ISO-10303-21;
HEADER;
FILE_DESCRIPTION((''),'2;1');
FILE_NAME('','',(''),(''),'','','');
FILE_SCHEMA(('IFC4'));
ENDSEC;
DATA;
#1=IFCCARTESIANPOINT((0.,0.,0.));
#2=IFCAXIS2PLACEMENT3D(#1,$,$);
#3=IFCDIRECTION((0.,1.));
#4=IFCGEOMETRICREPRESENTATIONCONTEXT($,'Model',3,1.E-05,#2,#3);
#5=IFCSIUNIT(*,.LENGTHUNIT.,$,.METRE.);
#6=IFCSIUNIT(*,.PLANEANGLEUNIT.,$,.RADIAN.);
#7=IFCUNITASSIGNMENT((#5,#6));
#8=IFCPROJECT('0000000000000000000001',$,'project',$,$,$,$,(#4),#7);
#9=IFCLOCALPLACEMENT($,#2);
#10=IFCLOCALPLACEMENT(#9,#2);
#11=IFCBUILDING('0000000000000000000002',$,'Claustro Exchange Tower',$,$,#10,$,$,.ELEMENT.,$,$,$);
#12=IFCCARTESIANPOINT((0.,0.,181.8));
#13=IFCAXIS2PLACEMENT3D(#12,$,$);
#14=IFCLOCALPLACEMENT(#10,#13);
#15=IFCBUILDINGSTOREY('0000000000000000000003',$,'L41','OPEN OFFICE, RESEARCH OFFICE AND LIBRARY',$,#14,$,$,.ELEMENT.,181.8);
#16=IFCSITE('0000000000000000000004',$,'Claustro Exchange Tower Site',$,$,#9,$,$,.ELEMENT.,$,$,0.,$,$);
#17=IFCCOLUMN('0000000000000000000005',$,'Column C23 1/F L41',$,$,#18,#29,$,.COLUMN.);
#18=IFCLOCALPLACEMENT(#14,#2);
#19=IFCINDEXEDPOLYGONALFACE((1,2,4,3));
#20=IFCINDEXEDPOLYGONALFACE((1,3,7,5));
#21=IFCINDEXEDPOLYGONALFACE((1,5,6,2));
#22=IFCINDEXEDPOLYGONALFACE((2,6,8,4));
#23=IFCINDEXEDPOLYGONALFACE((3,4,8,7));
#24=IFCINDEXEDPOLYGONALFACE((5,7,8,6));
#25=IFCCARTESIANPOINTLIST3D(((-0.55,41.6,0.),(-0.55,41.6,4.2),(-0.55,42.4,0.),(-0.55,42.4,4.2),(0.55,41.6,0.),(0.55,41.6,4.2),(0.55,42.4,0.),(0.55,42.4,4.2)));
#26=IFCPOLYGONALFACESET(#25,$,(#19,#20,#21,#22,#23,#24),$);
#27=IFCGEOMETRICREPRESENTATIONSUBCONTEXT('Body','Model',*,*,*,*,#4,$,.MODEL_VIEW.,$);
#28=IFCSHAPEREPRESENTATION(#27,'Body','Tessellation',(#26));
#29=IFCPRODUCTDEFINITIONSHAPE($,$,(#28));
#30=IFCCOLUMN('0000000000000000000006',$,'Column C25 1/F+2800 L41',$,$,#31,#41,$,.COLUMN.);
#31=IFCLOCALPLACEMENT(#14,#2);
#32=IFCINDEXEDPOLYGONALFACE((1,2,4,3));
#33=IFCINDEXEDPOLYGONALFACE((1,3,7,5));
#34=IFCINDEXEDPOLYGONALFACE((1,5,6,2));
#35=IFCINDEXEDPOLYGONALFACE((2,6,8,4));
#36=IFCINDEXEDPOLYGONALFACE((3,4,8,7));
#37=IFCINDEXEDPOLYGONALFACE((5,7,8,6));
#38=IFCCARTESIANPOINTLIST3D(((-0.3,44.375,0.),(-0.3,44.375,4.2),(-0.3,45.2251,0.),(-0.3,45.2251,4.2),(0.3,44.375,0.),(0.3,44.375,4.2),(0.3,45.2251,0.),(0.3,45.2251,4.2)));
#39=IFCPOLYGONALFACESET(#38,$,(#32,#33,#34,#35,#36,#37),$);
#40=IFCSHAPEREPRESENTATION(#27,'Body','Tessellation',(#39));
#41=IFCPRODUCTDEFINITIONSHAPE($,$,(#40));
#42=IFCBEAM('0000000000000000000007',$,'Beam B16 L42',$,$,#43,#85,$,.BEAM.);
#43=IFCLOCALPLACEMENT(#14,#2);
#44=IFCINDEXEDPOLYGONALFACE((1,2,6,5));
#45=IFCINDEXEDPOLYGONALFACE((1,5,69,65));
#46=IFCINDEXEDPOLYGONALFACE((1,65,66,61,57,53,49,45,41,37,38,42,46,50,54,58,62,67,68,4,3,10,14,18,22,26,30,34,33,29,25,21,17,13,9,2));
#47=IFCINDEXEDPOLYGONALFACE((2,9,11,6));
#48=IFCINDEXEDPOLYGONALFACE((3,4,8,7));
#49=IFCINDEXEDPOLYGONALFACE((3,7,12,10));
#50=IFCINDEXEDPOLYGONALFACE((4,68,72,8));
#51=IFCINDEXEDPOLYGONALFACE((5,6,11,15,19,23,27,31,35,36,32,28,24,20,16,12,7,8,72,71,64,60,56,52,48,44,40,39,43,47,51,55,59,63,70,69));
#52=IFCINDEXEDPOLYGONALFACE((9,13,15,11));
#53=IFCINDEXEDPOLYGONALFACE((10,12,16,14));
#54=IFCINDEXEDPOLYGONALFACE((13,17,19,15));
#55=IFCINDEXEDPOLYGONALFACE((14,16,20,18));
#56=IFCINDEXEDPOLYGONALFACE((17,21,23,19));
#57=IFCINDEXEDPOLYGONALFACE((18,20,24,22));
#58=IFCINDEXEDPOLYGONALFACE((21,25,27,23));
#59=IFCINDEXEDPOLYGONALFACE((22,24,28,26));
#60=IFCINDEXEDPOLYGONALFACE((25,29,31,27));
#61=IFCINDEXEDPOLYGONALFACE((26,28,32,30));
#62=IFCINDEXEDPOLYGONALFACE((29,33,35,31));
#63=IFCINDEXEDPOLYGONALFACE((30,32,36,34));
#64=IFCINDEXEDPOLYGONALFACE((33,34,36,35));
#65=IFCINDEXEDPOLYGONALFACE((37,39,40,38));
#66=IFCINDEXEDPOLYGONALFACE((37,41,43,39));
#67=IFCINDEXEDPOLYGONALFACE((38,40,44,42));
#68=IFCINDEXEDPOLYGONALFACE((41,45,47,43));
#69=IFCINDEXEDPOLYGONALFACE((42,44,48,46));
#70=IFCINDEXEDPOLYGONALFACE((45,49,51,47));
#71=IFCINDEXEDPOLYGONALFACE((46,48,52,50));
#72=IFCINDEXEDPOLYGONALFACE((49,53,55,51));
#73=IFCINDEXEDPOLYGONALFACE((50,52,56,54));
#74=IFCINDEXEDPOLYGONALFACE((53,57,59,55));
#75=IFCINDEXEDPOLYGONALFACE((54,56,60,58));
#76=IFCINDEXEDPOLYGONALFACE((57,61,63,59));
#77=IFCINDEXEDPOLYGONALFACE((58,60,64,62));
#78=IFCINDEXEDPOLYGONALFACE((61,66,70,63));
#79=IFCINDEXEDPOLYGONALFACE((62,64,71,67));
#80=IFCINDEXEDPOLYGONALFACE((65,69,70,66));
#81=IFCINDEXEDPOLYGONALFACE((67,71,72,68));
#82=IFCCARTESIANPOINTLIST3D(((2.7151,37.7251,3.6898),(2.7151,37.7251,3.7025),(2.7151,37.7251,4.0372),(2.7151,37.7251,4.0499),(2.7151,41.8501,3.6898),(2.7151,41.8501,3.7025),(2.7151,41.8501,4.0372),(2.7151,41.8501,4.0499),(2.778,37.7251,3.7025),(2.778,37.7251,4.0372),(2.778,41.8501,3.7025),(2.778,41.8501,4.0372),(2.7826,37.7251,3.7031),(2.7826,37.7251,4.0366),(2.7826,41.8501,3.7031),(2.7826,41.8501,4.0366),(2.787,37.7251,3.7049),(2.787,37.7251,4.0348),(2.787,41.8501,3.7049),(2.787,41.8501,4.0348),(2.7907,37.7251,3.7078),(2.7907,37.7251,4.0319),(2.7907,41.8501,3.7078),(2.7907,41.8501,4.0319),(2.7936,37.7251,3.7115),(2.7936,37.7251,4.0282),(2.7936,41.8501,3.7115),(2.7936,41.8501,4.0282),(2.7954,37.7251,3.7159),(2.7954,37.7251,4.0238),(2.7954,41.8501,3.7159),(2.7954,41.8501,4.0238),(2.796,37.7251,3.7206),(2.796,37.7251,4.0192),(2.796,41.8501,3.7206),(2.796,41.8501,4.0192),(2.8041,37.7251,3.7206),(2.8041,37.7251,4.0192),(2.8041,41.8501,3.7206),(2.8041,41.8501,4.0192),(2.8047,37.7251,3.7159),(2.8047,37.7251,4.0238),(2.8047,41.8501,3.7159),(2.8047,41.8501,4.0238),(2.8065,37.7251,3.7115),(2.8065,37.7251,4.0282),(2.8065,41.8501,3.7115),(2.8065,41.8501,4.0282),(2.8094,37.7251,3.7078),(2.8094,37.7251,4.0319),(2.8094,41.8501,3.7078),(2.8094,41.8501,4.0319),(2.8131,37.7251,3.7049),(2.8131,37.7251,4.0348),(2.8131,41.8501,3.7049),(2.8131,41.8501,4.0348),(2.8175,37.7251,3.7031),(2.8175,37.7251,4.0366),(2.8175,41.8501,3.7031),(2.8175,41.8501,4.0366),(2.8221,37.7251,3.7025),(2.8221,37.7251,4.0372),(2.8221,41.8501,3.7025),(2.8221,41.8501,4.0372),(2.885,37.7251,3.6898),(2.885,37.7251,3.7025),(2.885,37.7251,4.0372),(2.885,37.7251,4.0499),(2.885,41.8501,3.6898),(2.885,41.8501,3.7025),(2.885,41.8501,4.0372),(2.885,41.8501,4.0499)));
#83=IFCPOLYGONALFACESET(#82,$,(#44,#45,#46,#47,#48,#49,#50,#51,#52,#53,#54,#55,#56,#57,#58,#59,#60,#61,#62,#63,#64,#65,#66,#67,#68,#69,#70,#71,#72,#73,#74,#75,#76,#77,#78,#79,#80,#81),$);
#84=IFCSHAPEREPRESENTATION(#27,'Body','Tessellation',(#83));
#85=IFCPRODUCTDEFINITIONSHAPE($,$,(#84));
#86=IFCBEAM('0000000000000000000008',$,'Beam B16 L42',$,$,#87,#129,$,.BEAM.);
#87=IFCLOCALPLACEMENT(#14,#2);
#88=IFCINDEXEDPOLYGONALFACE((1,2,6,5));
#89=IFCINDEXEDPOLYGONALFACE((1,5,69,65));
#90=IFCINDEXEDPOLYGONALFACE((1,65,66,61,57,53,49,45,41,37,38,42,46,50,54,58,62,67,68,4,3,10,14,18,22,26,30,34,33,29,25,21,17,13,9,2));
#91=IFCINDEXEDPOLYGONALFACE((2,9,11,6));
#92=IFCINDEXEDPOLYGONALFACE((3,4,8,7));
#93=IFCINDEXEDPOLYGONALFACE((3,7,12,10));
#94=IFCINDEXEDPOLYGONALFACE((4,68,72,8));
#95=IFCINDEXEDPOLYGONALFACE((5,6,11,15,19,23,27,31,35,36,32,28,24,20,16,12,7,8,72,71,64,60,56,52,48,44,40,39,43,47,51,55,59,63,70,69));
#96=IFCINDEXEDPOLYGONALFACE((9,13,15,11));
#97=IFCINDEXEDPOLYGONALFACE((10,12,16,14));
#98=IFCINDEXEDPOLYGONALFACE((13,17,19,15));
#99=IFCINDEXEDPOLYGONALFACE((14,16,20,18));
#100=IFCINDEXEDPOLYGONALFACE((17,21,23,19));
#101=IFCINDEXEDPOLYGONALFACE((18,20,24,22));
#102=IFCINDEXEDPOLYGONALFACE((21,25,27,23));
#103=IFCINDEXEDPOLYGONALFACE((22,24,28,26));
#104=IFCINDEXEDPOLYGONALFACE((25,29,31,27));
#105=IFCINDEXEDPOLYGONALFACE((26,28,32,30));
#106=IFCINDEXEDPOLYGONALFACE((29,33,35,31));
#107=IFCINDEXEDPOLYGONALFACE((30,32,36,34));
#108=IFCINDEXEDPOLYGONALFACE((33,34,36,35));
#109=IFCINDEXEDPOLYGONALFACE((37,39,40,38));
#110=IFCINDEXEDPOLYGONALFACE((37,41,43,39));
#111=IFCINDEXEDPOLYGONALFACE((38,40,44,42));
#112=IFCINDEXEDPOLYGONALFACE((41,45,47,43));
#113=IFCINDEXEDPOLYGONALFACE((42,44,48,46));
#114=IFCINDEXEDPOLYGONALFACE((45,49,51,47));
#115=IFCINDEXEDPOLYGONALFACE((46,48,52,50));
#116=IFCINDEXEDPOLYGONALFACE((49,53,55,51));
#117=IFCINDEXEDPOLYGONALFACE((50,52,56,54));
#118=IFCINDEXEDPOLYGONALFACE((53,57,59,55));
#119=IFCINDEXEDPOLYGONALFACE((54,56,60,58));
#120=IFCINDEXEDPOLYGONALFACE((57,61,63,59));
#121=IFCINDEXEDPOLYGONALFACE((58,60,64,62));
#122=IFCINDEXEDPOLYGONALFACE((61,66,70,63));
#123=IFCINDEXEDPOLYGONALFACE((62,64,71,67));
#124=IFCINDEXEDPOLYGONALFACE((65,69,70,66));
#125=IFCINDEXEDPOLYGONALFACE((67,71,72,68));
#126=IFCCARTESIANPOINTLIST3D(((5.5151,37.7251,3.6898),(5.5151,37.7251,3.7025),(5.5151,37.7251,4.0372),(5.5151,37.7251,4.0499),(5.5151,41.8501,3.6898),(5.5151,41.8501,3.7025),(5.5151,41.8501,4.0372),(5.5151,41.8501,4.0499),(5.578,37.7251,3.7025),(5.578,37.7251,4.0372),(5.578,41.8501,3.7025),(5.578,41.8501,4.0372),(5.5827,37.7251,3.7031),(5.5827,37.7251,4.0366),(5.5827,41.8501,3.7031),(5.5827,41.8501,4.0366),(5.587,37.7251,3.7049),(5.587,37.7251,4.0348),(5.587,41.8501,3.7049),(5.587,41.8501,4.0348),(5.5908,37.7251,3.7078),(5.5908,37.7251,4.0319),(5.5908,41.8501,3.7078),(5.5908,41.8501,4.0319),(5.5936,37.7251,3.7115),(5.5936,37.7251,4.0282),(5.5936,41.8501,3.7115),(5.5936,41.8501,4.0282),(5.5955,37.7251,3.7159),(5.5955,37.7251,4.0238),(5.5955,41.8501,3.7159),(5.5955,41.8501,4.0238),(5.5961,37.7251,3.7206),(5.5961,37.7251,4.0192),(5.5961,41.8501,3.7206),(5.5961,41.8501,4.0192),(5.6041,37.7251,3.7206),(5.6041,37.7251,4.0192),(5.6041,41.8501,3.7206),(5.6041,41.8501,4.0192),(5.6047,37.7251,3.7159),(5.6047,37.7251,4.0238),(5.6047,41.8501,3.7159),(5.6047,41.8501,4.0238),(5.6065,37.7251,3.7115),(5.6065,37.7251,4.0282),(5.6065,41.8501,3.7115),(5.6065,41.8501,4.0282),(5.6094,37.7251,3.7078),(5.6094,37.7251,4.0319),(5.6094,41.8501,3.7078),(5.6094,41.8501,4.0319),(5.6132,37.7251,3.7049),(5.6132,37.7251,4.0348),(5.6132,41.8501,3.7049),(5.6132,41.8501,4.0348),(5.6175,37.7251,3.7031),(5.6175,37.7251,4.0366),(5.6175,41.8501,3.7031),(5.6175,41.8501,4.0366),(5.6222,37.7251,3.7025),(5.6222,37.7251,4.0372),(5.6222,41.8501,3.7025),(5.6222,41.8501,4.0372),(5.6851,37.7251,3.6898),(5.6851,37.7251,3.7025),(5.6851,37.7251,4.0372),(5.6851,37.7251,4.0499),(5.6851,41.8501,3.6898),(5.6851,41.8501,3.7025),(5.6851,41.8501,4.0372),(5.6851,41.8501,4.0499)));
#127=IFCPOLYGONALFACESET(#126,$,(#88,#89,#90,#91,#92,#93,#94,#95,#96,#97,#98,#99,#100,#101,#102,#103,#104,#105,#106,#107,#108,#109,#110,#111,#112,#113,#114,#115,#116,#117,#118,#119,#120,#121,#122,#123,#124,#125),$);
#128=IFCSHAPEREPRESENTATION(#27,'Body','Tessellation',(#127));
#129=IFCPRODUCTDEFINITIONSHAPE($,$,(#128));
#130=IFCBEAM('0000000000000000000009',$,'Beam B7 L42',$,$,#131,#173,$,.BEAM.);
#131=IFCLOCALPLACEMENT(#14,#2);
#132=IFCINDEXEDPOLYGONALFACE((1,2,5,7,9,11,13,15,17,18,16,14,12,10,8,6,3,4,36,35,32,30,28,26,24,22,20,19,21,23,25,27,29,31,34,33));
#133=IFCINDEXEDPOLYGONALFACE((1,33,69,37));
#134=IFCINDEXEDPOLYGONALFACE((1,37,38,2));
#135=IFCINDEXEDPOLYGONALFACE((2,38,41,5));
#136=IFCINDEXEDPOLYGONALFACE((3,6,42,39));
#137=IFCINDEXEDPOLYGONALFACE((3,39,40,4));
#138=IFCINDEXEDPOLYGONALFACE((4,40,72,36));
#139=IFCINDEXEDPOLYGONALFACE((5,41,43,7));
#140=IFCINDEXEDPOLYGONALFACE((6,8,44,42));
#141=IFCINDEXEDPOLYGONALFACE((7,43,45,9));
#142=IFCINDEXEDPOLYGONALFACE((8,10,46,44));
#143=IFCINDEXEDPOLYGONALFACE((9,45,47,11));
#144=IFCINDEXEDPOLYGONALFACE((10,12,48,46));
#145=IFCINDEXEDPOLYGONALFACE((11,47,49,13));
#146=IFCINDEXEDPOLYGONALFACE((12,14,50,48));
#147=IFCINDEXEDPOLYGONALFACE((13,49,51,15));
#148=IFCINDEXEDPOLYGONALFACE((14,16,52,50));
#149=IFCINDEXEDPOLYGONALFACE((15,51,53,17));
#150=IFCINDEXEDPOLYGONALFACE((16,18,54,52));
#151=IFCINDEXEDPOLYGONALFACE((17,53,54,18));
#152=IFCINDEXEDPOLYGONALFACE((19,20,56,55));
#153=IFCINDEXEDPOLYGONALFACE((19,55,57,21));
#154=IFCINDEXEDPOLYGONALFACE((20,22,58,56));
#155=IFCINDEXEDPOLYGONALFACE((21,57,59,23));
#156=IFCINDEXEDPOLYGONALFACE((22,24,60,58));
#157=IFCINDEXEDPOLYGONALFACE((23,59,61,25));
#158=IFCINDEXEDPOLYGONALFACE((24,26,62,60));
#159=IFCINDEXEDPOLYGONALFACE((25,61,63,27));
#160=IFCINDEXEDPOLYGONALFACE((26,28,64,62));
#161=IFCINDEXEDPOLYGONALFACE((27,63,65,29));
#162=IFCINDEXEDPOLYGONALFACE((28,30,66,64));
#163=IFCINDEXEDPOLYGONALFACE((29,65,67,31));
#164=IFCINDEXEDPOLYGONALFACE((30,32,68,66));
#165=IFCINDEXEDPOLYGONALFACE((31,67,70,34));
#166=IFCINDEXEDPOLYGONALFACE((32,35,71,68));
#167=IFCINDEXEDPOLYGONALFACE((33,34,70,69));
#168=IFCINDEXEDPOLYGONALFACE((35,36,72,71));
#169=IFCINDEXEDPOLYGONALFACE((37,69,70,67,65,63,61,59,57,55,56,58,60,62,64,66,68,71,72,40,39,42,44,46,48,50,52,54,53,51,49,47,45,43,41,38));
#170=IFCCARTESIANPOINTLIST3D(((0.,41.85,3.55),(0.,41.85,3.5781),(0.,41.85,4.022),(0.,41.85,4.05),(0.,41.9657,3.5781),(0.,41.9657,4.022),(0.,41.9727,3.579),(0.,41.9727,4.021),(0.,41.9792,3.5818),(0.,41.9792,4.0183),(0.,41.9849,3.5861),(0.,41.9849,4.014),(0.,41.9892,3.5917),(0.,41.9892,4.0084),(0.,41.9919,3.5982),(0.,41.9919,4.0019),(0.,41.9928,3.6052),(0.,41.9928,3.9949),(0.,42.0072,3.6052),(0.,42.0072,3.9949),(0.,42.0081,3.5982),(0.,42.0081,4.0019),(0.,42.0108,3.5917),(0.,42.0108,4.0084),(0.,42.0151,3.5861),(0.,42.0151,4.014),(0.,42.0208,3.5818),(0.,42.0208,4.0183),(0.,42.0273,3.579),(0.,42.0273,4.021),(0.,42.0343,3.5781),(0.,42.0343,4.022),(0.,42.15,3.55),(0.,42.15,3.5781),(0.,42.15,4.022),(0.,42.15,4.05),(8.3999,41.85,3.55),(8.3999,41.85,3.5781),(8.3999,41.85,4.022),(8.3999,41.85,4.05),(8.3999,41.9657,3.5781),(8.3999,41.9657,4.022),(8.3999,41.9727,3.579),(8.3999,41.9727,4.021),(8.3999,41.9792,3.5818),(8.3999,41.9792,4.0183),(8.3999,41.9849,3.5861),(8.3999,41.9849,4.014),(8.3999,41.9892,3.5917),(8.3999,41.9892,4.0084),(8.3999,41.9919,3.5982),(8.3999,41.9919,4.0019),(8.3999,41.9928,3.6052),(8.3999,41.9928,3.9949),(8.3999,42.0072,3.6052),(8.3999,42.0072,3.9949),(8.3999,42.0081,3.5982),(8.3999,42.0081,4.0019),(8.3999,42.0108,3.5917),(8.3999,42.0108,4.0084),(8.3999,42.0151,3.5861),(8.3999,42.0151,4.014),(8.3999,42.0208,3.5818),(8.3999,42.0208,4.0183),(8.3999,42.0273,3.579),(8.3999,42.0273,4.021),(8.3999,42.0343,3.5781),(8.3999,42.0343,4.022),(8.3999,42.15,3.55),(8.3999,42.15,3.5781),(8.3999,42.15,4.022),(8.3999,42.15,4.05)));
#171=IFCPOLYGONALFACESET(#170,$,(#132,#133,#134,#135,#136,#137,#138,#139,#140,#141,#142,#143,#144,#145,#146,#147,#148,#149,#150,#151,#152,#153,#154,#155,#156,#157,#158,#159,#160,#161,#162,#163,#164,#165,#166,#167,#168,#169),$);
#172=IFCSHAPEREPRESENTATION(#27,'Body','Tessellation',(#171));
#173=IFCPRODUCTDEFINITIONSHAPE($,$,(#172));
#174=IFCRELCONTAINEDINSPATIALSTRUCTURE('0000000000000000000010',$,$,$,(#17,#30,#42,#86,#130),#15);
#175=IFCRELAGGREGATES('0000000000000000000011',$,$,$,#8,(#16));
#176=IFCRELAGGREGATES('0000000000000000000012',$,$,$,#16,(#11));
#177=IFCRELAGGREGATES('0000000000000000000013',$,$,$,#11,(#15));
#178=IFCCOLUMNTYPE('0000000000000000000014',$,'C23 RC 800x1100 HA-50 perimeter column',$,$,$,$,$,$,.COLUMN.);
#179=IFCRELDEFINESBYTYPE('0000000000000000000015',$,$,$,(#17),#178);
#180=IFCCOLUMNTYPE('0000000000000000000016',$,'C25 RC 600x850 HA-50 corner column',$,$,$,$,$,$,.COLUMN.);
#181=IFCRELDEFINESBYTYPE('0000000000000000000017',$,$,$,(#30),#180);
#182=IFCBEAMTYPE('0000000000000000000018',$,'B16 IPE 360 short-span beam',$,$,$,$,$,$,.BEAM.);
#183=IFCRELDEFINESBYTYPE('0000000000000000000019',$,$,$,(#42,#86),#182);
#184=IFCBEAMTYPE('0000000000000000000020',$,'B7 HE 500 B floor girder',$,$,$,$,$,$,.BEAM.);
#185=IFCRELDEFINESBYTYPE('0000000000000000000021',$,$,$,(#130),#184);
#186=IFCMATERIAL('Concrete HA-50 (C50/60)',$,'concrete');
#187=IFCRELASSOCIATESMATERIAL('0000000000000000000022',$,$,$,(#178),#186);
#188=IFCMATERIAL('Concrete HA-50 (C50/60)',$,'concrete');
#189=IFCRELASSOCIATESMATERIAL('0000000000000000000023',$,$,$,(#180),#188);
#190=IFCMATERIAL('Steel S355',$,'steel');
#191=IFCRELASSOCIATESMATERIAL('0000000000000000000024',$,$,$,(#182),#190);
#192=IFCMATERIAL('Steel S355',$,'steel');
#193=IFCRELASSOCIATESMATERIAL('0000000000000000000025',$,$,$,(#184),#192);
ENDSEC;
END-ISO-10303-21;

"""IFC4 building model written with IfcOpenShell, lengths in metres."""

from ifc_helpers import new_model, si_unit, direction, frame, origin, origin_2d, place, context, subcontext, project, spatial, rectangle, i_section, extrude, material, material_profile, profile_set, type_object, element, save


model = new_model("IFC4")

# Units and contexts
model_context = context("Model", 3, precision=1e-05, world=origin(), true_north=direction((0.0, 1.0)))
body_context = subcontext(model_context, "Body", "Model", "MODEL_VIEW")
ifc_project = project(units=[si_unit("LENGTHUNIT", "METRE"), si_unit("PLANEANGLEUNIT", "RADIAN")], contexts=[model_context])

# Site, building, storey
site_placement = place(None, origin())
site = spatial("IfcSite", under=ifc_project, at=site_placement, Name="Claustro Exchange Tower Site", CompositionType="ELEMENT", RefElevation=0.0)
building_placement = place(site_placement, origin())
building = spatial("IfcBuilding", under=site, at=building_placement, Name="Claustro Exchange Tower", CompositionType="ELEMENT")
storey_placement = place(building_placement, frame((0.0, 0.0, 181.8)))
storey = spatial("IfcBuildingStorey", under=building, at=storey_placement, Name="L41", Description="OPEN OFFICE, RESEARCH OFFICE AND LIBRARY", CompositionType="ELEMENT", Elevation=181.8)

# Columns
ifc_material_1 = material(Name="Concrete HA-50 (C50/60)", Category="concrete")
ifc_material_profile_1 = material_profile(ifc_material_1, rectangle(XDim=0.8, YDim=1.1001, at=origin_2d()), Name="RC 800x1100")
ifc_profile_set_1 = profile_set([ifc_material_profile_1], Name="Concrete HA-50 (C50/60)")
column_type_1 = type_object("IfcColumnType", Name="C23 RC 800x1100 HA-50 perimeter column", PredefinedType="COLUMN", material=ifc_profile_set_1)
column_1_placement = place(storey_placement, frame((0.0, 42.0, 0.0), z_axis=(0.0, 0.0, 1.0), x_axis=(0.0, 1.0, 0.0)))
element("IfcColumn", 1, at=column_1_placement, inside=storey, type_object=column_type_1, Name="Column C23 1/F L41", PredefinedType="COLUMN", context=body_context, shape_type="SweptSolid", body=[
    extrude(rectangle(XDim=0.8, YDim=1.1001, at=origin_2d()), origin(), (0.0, 0.0, 1.0), 4.2),
])
ifc_material_2 = material(Name="Concrete HA-50 (C50/60)", Category="concrete")
ifc_material_profile_2 = material_profile(ifc_material_2, rectangle(XDim=0.6001, YDim=0.8501, at=origin_2d()), Name="RC 600x850")
ifc_profile_set_2 = profile_set([ifc_material_profile_2], Name="Concrete HA-50 (C50/60)")
column_type_2 = type_object("IfcColumnType", Name="C25 RC 600x850 HA-50 corner column", PredefinedType="COLUMN", material=ifc_profile_set_2)
column_2_placement = place(storey_placement, frame((0.0, 44.8, 0.0), z_axis=(0.0, 0.0, 1.0), x_axis=(1.0, 0.0, 0.0)))
element("IfcColumn", 2, at=column_2_placement, inside=storey, type_object=column_type_2, Name="Column C25 1/F+2800 L41", PredefinedType="COLUMN", context=body_context, shape_type="SweptSolid", body=[
    extrude(rectangle(XDim=0.6001, YDim=0.8501, at=origin_2d()), origin(), (0.0, 0.0, 1.0), 4.2),
])

# Beams
ifc_material_3 = material(Name="Steel S355", Category="steel")
ifc_material_profile_3 = material_profile(ifc_material_3, i_section(OverallWidth=0.1699, OverallDepth=0.3601, WebThickness=0.0081, FlangeThickness=0.0127, FilletRadius=0.0181, at=origin_2d()), Name="IPE 360")
ifc_profile_set_3 = profile_set([ifc_material_profile_3], Name="Steel S355")
beam_type_1 = type_object("IfcBeamType", Name="B16 IPE 360 short-span beam", PredefinedType="BEAM", material=ifc_profile_set_3)
for number, where, z_axis, x_axis, name in (
    (3, (2.8, 37.7251, 3.8699), (0.0, 1.0, 0.0), (-1.0, 0.0, 0.0), "Beam B16 L42"),
    (4, (5.6001, 37.7251, 3.8699), (0.0, 1.0, 0.0), (-1.0, 0.0, 0.0), "Beam B16 L42"),
):
    element("IfcBeam", number, at=place(storey_placement, frame(where, z_axis=z_axis, x_axis=x_axis)), inside=storey, type_object=beam_type_1, Name=name, PredefinedType="BEAM", context=body_context, shape_type="SweptSolid", body=[
        extrude(i_section(OverallWidth=0.1699, OverallDepth=0.3601, WebThickness=0.0081, FlangeThickness=0.0127, FilletRadius=0.0181, at=origin_2d()), origin(), (0.0, 0.0, 1.0), 4.125),
    ])
ifc_material_4 = material(Name="Steel S355", Category="steel")
ifc_material_profile_4 = material_profile(ifc_material_4, i_section(OverallWidth=0.3, OverallDepth=0.5, WebThickness=0.0144, FlangeThickness=0.0281, FilletRadius=0.0271, at=origin_2d()), Name="HE 500 B")
ifc_profile_set_4 = profile_set([ifc_material_profile_4], Name="Steel S355")
beam_type_2 = type_object("IfcBeamType", Name="B7 HE 500 B floor girder", PredefinedType="BEAM", material=ifc_profile_set_4)
beam_1_placement = place(storey_placement, frame((0.0, 42.0, 3.8), z_axis=(1.0, 0.0, 0.0), x_axis=(0.0, 1.0, 0.0)))
element("IfcBeam", 5, at=beam_1_placement, inside=storey, type_object=beam_type_2, Name="Beam B7 L42", PredefinedType="BEAM", context=body_context, shape_type="SweptSolid", body=[
    extrude(i_section(OverallWidth=0.3, OverallDepth=0.5, WebThickness=0.0144, FlangeThickness=0.0281, FilletRadius=0.0271, at=origin_2d()), origin(), (0.0, 0.0, 1.0), 8.3999),
])

save(model, "model.ifc")
